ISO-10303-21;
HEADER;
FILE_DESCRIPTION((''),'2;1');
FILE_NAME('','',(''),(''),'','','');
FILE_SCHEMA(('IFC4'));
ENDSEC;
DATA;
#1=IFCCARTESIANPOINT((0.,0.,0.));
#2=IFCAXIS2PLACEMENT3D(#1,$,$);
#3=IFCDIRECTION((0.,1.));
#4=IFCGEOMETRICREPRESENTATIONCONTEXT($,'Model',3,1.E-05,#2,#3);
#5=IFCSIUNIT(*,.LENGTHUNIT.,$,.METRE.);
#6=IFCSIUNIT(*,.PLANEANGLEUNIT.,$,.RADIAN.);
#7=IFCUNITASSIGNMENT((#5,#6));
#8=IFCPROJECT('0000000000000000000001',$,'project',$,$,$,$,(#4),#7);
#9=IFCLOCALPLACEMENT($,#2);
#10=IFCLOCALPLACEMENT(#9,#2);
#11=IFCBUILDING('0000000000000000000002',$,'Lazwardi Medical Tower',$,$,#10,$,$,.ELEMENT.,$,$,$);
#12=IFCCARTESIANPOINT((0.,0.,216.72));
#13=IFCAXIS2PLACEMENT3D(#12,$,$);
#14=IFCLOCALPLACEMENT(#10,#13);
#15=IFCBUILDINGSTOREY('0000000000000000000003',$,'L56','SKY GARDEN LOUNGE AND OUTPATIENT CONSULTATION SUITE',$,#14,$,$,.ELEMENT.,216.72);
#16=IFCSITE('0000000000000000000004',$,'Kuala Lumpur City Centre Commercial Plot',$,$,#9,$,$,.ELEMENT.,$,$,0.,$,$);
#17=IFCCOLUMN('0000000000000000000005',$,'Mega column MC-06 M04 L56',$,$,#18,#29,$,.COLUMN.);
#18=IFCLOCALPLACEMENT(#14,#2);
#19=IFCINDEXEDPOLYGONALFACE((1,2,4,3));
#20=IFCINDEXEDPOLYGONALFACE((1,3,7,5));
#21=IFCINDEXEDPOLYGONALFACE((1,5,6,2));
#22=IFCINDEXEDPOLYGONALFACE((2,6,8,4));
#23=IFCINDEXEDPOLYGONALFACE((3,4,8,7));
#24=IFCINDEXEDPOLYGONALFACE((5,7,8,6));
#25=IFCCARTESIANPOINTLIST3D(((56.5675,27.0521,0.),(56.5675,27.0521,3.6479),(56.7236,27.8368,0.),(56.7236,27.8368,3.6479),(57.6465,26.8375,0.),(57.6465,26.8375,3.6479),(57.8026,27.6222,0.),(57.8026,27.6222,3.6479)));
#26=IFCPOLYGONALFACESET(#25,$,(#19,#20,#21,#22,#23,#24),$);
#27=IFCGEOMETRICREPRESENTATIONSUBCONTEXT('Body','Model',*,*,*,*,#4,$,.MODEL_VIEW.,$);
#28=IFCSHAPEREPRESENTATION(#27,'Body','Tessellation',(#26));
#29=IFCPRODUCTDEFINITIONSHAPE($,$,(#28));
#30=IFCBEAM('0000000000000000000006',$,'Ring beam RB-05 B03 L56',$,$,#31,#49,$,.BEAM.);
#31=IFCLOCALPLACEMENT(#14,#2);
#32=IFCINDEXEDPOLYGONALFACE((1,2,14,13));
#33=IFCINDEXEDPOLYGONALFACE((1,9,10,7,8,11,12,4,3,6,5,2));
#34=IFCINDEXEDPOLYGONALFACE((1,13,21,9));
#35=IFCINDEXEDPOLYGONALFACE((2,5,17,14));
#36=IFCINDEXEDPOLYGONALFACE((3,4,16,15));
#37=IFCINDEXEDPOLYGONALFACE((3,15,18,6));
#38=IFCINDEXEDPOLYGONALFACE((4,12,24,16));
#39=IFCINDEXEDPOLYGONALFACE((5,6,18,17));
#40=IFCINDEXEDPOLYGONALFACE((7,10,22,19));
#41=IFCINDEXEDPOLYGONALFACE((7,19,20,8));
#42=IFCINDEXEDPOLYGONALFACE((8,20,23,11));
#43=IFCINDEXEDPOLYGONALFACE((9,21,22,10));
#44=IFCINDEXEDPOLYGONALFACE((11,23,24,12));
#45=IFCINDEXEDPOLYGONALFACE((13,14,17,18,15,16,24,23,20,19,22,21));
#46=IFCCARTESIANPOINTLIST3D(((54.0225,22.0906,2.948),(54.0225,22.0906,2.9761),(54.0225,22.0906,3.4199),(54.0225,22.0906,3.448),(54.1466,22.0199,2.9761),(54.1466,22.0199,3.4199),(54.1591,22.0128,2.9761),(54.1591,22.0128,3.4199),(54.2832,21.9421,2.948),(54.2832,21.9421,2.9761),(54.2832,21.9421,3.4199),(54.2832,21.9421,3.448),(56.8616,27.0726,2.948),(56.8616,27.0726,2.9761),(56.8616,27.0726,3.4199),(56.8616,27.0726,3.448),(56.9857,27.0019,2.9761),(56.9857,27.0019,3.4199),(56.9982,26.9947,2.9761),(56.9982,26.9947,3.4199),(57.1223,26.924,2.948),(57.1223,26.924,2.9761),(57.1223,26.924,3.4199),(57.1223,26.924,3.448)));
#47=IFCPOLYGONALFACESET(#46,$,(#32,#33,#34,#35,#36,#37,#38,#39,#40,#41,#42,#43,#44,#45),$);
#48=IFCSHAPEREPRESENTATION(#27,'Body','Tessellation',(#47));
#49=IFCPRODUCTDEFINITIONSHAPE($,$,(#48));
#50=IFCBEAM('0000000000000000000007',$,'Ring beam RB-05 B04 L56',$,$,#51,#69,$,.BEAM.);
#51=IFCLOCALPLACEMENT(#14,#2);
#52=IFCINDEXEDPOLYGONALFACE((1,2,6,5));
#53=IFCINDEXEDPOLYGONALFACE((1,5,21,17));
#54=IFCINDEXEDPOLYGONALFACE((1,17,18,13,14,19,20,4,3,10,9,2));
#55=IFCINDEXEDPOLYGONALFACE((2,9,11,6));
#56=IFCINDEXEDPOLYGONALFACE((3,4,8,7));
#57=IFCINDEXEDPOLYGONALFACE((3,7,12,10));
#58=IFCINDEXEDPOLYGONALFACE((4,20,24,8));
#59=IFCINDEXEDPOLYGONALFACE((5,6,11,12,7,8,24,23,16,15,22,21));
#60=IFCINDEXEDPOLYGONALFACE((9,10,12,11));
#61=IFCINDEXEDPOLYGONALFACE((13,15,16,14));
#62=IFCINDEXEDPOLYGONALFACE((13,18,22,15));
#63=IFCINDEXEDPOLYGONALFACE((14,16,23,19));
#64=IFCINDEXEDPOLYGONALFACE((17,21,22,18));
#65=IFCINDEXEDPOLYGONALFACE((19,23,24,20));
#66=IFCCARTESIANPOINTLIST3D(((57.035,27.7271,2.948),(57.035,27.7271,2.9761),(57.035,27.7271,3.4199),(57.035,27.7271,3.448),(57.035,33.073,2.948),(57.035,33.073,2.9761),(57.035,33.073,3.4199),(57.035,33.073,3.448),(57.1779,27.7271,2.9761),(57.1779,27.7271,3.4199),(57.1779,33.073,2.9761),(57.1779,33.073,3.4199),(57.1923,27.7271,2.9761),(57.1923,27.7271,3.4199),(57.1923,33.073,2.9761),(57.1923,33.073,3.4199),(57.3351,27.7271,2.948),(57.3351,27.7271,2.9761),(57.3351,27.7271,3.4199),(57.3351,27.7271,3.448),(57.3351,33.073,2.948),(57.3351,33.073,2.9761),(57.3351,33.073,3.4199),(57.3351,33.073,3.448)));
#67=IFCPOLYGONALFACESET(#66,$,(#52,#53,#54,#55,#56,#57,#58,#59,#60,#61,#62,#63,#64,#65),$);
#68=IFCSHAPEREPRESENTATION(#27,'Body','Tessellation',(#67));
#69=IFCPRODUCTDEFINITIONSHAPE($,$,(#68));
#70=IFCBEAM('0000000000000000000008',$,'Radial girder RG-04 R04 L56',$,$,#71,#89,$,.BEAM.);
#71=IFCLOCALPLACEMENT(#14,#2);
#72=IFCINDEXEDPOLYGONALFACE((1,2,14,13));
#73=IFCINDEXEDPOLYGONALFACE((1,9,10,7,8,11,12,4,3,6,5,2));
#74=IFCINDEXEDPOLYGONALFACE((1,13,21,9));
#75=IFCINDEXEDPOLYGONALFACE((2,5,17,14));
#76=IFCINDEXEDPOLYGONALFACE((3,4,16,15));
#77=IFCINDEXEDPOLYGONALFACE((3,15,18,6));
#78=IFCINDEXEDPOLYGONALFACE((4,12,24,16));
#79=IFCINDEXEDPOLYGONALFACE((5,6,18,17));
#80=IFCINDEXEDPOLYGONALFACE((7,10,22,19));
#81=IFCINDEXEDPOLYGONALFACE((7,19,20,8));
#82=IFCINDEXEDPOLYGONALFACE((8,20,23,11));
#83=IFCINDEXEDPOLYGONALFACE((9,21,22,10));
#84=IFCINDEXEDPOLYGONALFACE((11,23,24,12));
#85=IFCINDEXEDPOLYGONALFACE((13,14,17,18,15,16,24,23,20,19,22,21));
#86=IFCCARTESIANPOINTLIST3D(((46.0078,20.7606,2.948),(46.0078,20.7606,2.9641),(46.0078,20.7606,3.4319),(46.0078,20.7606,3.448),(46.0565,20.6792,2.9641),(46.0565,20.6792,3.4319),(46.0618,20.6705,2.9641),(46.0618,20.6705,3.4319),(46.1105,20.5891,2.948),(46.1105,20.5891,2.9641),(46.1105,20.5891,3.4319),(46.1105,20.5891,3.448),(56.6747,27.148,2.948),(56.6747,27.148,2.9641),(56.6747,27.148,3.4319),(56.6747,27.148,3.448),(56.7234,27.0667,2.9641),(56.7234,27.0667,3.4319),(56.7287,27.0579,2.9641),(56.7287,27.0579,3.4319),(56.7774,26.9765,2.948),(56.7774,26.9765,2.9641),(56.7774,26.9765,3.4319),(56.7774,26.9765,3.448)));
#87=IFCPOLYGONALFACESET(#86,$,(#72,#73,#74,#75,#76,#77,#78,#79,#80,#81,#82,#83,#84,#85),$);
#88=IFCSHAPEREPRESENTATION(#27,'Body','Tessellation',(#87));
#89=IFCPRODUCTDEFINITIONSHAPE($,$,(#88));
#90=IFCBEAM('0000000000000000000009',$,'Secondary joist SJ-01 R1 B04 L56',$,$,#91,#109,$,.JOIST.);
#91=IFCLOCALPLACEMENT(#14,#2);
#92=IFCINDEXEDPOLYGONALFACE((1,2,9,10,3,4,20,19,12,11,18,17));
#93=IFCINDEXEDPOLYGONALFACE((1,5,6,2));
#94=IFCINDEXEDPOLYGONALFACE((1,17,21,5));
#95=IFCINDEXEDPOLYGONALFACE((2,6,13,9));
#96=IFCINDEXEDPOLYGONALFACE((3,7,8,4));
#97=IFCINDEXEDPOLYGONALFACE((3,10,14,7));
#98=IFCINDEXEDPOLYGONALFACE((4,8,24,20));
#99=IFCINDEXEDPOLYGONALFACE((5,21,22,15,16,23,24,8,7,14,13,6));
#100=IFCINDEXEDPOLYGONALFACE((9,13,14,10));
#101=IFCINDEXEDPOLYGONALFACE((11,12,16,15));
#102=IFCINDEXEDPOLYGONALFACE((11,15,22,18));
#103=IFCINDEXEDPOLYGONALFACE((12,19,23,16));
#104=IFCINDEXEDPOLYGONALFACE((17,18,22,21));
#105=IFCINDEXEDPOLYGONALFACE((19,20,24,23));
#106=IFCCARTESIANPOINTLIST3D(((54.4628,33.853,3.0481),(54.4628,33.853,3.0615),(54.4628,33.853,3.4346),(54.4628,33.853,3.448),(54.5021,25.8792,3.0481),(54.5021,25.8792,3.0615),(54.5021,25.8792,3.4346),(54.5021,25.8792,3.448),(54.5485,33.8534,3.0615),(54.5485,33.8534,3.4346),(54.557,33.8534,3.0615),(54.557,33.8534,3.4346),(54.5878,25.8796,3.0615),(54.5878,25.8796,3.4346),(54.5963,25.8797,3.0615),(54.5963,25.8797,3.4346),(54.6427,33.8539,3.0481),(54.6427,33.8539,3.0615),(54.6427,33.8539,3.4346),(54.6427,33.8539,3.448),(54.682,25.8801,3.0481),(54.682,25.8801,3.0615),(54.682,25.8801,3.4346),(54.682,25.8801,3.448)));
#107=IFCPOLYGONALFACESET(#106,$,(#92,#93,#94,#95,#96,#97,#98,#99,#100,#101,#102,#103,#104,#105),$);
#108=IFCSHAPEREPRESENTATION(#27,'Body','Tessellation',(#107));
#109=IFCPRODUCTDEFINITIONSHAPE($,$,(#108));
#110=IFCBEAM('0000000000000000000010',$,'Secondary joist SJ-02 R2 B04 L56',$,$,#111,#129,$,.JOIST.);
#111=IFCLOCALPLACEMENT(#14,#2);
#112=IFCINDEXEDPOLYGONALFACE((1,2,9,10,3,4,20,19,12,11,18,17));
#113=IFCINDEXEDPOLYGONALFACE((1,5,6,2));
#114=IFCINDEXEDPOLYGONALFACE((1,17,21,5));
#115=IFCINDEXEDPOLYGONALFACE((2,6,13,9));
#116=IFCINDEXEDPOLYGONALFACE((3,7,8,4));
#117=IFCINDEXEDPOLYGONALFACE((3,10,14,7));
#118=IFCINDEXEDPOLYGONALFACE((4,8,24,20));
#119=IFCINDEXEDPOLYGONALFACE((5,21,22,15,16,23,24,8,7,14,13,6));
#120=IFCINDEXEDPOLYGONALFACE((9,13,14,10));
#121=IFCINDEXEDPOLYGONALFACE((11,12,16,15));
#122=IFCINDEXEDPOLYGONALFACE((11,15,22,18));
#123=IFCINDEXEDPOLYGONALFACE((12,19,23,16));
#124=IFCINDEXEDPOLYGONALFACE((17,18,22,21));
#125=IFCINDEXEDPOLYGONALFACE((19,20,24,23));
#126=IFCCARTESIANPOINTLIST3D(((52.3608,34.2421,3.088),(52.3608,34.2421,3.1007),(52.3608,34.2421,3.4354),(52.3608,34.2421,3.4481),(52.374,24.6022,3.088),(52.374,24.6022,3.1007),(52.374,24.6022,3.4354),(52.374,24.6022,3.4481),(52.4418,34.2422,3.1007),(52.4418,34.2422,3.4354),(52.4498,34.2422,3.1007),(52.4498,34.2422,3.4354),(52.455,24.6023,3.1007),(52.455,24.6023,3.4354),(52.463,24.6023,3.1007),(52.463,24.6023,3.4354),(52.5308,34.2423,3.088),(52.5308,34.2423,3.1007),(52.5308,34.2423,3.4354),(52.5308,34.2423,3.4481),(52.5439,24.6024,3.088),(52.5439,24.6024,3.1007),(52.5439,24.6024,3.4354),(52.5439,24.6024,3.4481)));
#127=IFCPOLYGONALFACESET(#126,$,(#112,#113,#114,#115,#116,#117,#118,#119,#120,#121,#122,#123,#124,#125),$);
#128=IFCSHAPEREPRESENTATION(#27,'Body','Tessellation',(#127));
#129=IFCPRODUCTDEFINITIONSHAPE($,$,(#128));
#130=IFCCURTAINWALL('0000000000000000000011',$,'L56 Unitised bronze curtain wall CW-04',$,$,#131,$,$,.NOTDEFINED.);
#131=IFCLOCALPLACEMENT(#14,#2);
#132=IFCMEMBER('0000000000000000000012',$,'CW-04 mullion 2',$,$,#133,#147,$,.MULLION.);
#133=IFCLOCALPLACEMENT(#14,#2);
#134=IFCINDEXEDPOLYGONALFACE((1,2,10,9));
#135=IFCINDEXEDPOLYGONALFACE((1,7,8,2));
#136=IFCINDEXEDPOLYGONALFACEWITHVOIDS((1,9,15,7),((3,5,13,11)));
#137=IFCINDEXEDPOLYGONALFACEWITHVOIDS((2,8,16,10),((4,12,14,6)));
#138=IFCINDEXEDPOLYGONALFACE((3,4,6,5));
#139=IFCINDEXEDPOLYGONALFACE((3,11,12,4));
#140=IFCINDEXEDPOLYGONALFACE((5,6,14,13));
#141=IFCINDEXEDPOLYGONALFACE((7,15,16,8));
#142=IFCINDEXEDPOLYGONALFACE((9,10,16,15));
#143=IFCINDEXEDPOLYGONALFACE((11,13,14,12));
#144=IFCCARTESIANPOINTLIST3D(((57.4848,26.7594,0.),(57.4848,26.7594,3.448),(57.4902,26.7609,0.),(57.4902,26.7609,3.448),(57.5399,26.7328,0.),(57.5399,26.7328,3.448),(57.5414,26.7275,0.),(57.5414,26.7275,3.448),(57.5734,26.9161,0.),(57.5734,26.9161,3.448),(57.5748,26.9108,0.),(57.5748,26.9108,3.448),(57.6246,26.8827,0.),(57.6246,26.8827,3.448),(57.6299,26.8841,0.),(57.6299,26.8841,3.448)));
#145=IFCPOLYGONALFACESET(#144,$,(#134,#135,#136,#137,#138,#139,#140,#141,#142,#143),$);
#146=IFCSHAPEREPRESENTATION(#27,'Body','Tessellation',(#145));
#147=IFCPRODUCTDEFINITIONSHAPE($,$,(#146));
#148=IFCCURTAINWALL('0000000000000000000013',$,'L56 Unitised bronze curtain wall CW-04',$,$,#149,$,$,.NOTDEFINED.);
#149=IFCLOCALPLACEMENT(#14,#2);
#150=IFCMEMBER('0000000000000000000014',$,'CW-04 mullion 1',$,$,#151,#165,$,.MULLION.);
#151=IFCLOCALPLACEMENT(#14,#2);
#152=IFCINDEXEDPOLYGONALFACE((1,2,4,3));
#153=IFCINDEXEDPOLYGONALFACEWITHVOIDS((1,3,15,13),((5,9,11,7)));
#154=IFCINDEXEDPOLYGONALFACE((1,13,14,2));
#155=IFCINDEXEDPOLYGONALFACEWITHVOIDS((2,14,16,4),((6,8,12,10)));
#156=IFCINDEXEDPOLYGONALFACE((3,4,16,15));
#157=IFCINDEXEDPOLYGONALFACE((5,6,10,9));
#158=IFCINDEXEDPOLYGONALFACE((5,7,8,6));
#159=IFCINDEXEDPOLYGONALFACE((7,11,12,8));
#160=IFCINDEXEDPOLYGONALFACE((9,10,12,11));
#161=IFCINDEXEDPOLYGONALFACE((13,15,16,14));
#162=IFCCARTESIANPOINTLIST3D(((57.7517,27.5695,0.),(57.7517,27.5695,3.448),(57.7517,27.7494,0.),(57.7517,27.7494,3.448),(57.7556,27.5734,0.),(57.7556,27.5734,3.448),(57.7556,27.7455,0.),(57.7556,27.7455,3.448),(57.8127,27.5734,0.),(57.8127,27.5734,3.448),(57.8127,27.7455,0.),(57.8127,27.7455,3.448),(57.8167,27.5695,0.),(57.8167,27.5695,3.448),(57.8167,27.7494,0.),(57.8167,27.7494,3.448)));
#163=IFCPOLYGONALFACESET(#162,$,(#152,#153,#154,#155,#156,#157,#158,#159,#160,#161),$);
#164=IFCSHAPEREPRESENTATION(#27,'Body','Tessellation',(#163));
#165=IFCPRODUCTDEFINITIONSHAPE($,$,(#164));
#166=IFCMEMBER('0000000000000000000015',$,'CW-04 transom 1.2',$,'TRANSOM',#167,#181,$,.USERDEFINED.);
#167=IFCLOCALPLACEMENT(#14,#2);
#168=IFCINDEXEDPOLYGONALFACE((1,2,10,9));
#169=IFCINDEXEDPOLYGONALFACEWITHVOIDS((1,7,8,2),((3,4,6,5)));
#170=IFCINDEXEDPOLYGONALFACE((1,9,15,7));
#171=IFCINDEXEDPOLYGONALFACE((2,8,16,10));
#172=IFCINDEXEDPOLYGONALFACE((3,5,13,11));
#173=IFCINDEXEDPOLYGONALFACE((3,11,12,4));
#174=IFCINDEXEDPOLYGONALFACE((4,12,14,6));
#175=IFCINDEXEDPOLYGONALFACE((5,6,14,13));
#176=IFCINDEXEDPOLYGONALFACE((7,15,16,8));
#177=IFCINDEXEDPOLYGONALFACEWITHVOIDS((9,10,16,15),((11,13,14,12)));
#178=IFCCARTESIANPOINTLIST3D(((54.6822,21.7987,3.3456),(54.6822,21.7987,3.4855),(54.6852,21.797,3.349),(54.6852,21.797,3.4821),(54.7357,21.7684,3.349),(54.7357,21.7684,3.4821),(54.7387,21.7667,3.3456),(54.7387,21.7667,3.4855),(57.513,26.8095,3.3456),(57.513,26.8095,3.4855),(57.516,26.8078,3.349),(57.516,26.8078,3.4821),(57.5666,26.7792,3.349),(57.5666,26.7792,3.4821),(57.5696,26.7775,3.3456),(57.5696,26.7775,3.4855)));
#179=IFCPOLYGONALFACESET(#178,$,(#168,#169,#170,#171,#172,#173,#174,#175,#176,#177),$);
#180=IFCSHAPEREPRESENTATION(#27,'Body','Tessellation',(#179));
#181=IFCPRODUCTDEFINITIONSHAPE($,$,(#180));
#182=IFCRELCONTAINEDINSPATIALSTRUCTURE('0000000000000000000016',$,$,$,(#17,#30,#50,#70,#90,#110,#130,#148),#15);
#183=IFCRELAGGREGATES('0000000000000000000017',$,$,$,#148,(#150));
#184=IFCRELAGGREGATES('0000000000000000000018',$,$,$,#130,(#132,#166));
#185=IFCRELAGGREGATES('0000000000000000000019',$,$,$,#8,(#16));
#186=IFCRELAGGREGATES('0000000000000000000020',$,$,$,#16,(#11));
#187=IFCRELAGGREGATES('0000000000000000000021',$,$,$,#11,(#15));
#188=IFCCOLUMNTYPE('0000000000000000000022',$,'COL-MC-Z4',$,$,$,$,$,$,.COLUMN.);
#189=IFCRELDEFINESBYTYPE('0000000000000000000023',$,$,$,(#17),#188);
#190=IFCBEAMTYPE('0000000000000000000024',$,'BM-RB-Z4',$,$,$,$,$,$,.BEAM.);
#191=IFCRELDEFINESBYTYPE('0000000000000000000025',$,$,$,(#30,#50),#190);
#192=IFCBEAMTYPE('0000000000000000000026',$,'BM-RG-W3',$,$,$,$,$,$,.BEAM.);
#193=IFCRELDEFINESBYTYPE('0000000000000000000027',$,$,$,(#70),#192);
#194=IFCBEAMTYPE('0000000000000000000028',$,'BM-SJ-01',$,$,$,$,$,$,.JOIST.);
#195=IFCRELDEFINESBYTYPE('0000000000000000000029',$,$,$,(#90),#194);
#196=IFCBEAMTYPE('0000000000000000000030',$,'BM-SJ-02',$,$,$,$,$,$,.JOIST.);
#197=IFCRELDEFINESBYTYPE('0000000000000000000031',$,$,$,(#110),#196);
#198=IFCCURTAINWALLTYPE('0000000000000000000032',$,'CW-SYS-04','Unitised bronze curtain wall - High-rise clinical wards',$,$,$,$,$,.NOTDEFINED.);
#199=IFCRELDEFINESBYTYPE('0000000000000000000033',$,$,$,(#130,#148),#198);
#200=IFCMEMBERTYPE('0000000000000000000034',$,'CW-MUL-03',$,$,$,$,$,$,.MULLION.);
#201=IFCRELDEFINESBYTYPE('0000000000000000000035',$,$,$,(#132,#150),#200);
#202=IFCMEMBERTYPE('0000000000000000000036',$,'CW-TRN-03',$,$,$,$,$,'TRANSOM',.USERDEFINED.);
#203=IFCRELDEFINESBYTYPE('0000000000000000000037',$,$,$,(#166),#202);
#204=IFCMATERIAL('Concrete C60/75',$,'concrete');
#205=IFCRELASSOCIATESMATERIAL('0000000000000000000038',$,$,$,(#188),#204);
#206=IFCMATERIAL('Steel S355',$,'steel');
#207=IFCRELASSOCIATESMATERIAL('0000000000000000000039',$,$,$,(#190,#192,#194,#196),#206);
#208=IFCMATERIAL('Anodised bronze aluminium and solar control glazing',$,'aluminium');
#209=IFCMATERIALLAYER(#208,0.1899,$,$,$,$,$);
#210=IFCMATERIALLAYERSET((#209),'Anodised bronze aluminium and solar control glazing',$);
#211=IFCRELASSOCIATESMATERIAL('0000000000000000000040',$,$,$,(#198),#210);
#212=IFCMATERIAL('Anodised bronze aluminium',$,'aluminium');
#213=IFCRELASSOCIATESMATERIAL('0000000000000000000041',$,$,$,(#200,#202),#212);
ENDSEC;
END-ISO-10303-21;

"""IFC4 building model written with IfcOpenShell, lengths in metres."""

from ifc_helpers import new_model, si_unit, direction, frame, origin, origin_2d, place, context, subcontext, project, spatial, rectangle, hollow_rectangle, i_section, extrude, material, layer, layer_set, material_profile, profile_set, type_object, element, aggregate, save


model = new_model("IFC4")

# Units and contexts
model_context = context("Model", 3, precision=1e-05, world=origin(), true_north=direction((0.0, 1.0)))
body_context = subcontext(model_context, "Body", "Model", "MODEL_VIEW")
ifc_project = project(units=[si_unit("LENGTHUNIT", "METRE"), si_unit("PLANEANGLEUNIT", "RADIAN")], contexts=[model_context])

# Site, building, storey
site_placement = place(None, origin())
site = spatial("IfcSite", under=ifc_project, at=site_placement, Name="Kuala Lumpur City Centre Commercial Plot", CompositionType="ELEMENT", RefElevation=0.0)
building_placement = place(site_placement, origin())
building = spatial("IfcBuilding", under=site, at=building_placement, Name="Lazwardi Medical Tower", CompositionType="ELEMENT")
storey_placement = place(building_placement, frame((0.0, 0.0, 216.72)))
storey = spatial("IfcBuildingStorey", under=building, at=storey_placement, Name="L56", Description="SKY GARDEN LOUNGE AND OUTPATIENT CONSULTATION SUITE", CompositionType="ELEMENT", Elevation=216.72)

# Column
ifc_material_1 = material(Name="Concrete C60/75", Category="concrete")
ifc_material_profile_1 = material_profile(ifc_material_1, rectangle(XDim=1.1001, YDim=0.8, at=origin_2d()), Name="CFT-RECT 1100x800")
ifc_profile_set_1 = profile_set([ifc_material_profile_1], Name="Concrete C60/75")
column_type = type_object("IfcColumnType", Name="COL-MC-Z4", PredefinedType="COLUMN", material=ifc_profile_set_1)
column_placement = place(storey_placement, frame((57.1851, 27.3372, 0.0), z_axis=(0.0, 0.0, 1.0), x_axis=(0.980785, -0.19509, 0.0)))
element("IfcColumn", 1, at=column_placement, inside=storey, type_object=column_type, Name="Mega column MC-06 M04 L56", PredefinedType="COLUMN", context=body_context, shape_type="SweptSolid", body=[
    extrude(rectangle(XDim=1.1001, YDim=0.8, at=origin_2d()), origin(), (0.0, 0.0, 1.0), 3.6479),
])

# Beams
ifc_material_2 = material(Name="Steel S355", Category="steel")
ifc_material_profile_2 = material_profile(ifc_material_2, i_section(OverallWidth=0.3, OverallDepth=0.5, WebThickness=0.0144, FlangeThickness=0.0281, at=origin_2d()), Name="HEB 500")
ifc_profile_set_2 = profile_set([ifc_material_profile_2], Name="Steel S355")
beam_type_1 = type_object("IfcBeamType", Name="BM-RB-Z4", PredefinedType="BEAM", material=ifc_profile_set_2)
beam_1_placement = place(storey_placement, frame((54.1528, 22.0164, 3.198), z_axis=(0.495125, 0.868822, 0.0), x_axis=(-0.868822, 0.495125, 0.0)))
element("IfcBeam", 2, at=beam_1_placement, inside=storey, type_object=beam_type_1, Name="Ring beam RB-05 B03 L56", PredefinedType="BEAM", context=body_context, shape_type="SweptSolid", body=[
    extrude(i_section(OverallWidth=0.3, OverallDepth=0.5, WebThickness=0.0144, FlangeThickness=0.0281, at=origin_2d()), origin(), (0.0, 0.0, 1.0), 5.7341),
])
beam_2_placement = place(storey_placement, frame((57.1851, 27.7271, 3.198), z_axis=(0.0, 1.0, 0.0), x_axis=(-1.0, 0.0, 0.0)))
element("IfcBeam", 3, at=beam_2_placement, inside=storey, type_object=beam_type_1, Name="Ring beam RB-05 B04 L56", PredefinedType="BEAM", context=body_context, shape_type="SweptSolid", body=[
    extrude(i_section(OverallWidth=0.3, OverallDepth=0.5, WebThickness=0.0144, FlangeThickness=0.0281, at=origin_2d()), origin(), (0.0, 0.0, 1.0), 5.3459),
])
ifc_material_profile_3 = material_profile(ifc_material_2, i_section(OverallWidth=0.2, OverallDepth=0.5, WebThickness=0.0103, FlangeThickness=0.0161, at=origin_2d()), Name="IPE 500")
ifc_profile_set_3 = profile_set([ifc_material_profile_3], Name="Steel S355")
beam_type_2 = type_object("IfcBeamType", Name="BM-RG-W3", PredefinedType="BEAM", material=ifc_profile_set_3)
beam_3_placement = place(storey_placement, frame((56.7261, 27.0623, 3.198), z_axis=(-0.857945, -0.513742, 0.0), x_axis=(0.513742, -0.857945, 0.0)))
element("IfcBeam", 4, at=beam_3_placement, inside=storey, type_object=beam_type_2, Name="Radial girder RG-04 R04 L56", PredefinedType="BEAM", context=body_context, shape_type="SweptSolid", body=[
    extrude(i_section(OverallWidth=0.2, OverallDepth=0.5, WebThickness=0.0103, FlangeThickness=0.0161, at=origin_2d()), origin(), (0.0, 0.0, 1.0), 12.4331),
])
ifc_material_profile_4 = material_profile(ifc_material_2, i_section(OverallWidth=0.1799, OverallDepth=0.3999, WebThickness=0.0085, FlangeThickness=0.0134, at=origin_2d()), Name="IPE 400")
ifc_profile_set_4 = profile_set([ifc_material_profile_4], Name="Steel S355")
beam_type_3 = type_object("IfcBeamType", Name="BM-SJ-01", PredefinedType="JOIST", material=ifc_profile_set_4)
beam_4_placement = place(storey_placement, frame((54.592, 25.8796, 3.248), z_axis=(-0.004929, 0.999988, 0.0), x_axis=(-0.999988, -0.004929, 0.0)))
element("IfcBeam", 5, at=beam_4_placement, inside=storey, type_object=beam_type_3, Name="Secondary joist SJ-01 R1 B04 L56", PredefinedType="JOIST", context=body_context, shape_type="SweptSolid", body=[
    extrude(i_section(OverallWidth=0.1799, OverallDepth=0.3999, WebThickness=0.0085, FlangeThickness=0.0134, at=origin_2d()), origin(), (0.0, 0.0, 1.0), 7.9739),
])
ifc_material_profile_5 = material_profile(ifc_material_2, i_section(OverallWidth=0.1699, OverallDepth=0.3601, WebThickness=0.0081, FlangeThickness=0.0127, at=origin_2d()), Name="IPE 360")
ifc_profile_set_5 = profile_set([ifc_material_profile_5], Name="Steel S355")
beam_type_4 = type_object("IfcBeamType", Name="BM-SJ-02", PredefinedType="JOIST", material=ifc_profile_set_5)
beam_5_placement = place(storey_placement, frame((52.459, 24.6023, 3.2681), z_axis=(-0.001368, 0.999999, 0.0), x_axis=(-0.999999, -0.001368, 0.0)))
element("IfcBeam", 6, at=beam_5_placement, inside=storey, type_object=beam_type_4, Name="Secondary joist SJ-02 R2 B04 L56", PredefinedType="JOIST", context=body_context, shape_type="SweptSolid", body=[
    extrude(i_section(OverallWidth=0.1699, OverallDepth=0.3601, WebThickness=0.0081, FlangeThickness=0.0127, at=origin_2d()), origin(), (0.0, 0.0, 1.0), 9.6399),
])

# Curtain walls, members
ifc_material_3 = material(Name="Anodised bronze aluminium and solar control glazing", Category="aluminium")
ifc_layer_1 = layer(ifc_material_3, 0.1899)
ifc_layer_set_1 = layer_set([ifc_layer_1], Name="Anodised bronze aluminium and solar control glazing")
curtain_wall_type = type_object("IfcCurtainWallType", Name="CW-SYS-04", Description="Unitised bronze curtain wall - High-rise clinical wards", PredefinedType="NOTDEFINED", material=ifc_layer_set_1)
curtain_wall_1_placement = place(storey_placement, origin())
curtain_wall_1 = element("IfcCurtainWall", 7, at=curtain_wall_1_placement, inside=storey, type_object=curtain_wall_type, Name="L56 Unitised bronze curtain wall CW-04", PredefinedType="NOTDEFINED")
ifc_material_4 = material(Name="Anodised bronze aluminium", Category="aluminium")
ifc_material_profile_6 = material_profile(ifc_material_4, hollow_rectangle(XDim=0.0649, YDim=0.1799, WallThickness=0.0039, at=origin_2d()), Name="ALU-MULLION 180x65x4")
ifc_profile_set_6 = profile_set([ifc_material_profile_6], Name="Anodised bronze aluminium")
member_type_1 = type_object("IfcMemberType", Name="CW-MUL-03", PredefinedType="MULLION", material=ifc_profile_set_6)
member_1_placement = place(storey_placement, frame((57.5574, 26.8218, 0.0), z_axis=(0.0, 0.0, 1.0), x_axis=(-0.870651, 0.4919, 0.0)))
member_1 = element("IfcMember", 8, at=member_1_placement, type_object=member_type_1, Name="CW-04 mullion 2", PredefinedType="MULLION", context=body_context, shape_type="SweptSolid", body=[
    extrude(hollow_rectangle(XDim=0.0649, YDim=0.1799, WallThickness=0.0039, at=origin_2d()), origin(), (0.0, 0.0, 1.0), 3.448),
])
curtain_wall_2_placement = place(storey_placement, origin())
curtain_wall_2 = element("IfcCurtainWall", 9, at=curtain_wall_2_placement, inside=storey, type_object=curtain_wall_type, Name="L56 Unitised bronze curtain wall CW-04", PredefinedType="NOTDEFINED")
member_2_placement = place(storey_placement, frame((57.7842, 27.6594, 0.0), z_axis=(0.0, 0.0, 1.0), x_axis=(-1.0, 0.0, 0.0)))
member_2 = element("IfcMember", 10, at=member_2_placement, type_object=member_type_1, Name="CW-04 mullion 1", PredefinedType="MULLION", context=body_context, shape_type="SweptSolid", body=[
    extrude(hollow_rectangle(XDim=0.0649, YDim=0.1799, WallThickness=0.0039, at=origin_2d()), origin(), (0.0, 0.0, 1.0), 3.448),
])

# Member
ifc_material_profile_7 = material_profile(ifc_material_4, hollow_rectangle(XDim=0.0649, YDim=0.1399, WallThickness=0.0034, at=origin_2d()), Name="ALU-TRANSOM 140x65x3.5")
ifc_profile_set_7 = profile_set([ifc_material_profile_7], Name="Anodised bronze aluminium")
member_type_2 = type_object("IfcMemberType", Name="CW-TRN-03", ElementType="TRANSOM", PredefinedType="USERDEFINED", material=ifc_profile_set_7)
member_3_placement = place(storey_placement, frame((54.7104, 21.7827, 3.4155), z_axis=(0.49188, 0.870663, 0.0), x_axis=(-0.870663, 0.49188, 0.0)))
member_3 = element("IfcMember", 11, at=member_3_placement, type_object=member_type_2, Name="CW-04 transom 1.2", ObjectType="TRANSOM", PredefinedType="USERDEFINED", context=body_context, shape_type="SweptSolid", body=[
    extrude(hollow_rectangle(XDim=0.0649, YDim=0.1399, WallThickness=0.0034, at=origin_2d()), origin(), (0.0, 0.0, 1.0), 5.7551),
])
aggregate(curtain_wall_2, [member_2])

aggregate(curtain_wall_1, [member_1, member_3])

save(model, "model.ifc")
